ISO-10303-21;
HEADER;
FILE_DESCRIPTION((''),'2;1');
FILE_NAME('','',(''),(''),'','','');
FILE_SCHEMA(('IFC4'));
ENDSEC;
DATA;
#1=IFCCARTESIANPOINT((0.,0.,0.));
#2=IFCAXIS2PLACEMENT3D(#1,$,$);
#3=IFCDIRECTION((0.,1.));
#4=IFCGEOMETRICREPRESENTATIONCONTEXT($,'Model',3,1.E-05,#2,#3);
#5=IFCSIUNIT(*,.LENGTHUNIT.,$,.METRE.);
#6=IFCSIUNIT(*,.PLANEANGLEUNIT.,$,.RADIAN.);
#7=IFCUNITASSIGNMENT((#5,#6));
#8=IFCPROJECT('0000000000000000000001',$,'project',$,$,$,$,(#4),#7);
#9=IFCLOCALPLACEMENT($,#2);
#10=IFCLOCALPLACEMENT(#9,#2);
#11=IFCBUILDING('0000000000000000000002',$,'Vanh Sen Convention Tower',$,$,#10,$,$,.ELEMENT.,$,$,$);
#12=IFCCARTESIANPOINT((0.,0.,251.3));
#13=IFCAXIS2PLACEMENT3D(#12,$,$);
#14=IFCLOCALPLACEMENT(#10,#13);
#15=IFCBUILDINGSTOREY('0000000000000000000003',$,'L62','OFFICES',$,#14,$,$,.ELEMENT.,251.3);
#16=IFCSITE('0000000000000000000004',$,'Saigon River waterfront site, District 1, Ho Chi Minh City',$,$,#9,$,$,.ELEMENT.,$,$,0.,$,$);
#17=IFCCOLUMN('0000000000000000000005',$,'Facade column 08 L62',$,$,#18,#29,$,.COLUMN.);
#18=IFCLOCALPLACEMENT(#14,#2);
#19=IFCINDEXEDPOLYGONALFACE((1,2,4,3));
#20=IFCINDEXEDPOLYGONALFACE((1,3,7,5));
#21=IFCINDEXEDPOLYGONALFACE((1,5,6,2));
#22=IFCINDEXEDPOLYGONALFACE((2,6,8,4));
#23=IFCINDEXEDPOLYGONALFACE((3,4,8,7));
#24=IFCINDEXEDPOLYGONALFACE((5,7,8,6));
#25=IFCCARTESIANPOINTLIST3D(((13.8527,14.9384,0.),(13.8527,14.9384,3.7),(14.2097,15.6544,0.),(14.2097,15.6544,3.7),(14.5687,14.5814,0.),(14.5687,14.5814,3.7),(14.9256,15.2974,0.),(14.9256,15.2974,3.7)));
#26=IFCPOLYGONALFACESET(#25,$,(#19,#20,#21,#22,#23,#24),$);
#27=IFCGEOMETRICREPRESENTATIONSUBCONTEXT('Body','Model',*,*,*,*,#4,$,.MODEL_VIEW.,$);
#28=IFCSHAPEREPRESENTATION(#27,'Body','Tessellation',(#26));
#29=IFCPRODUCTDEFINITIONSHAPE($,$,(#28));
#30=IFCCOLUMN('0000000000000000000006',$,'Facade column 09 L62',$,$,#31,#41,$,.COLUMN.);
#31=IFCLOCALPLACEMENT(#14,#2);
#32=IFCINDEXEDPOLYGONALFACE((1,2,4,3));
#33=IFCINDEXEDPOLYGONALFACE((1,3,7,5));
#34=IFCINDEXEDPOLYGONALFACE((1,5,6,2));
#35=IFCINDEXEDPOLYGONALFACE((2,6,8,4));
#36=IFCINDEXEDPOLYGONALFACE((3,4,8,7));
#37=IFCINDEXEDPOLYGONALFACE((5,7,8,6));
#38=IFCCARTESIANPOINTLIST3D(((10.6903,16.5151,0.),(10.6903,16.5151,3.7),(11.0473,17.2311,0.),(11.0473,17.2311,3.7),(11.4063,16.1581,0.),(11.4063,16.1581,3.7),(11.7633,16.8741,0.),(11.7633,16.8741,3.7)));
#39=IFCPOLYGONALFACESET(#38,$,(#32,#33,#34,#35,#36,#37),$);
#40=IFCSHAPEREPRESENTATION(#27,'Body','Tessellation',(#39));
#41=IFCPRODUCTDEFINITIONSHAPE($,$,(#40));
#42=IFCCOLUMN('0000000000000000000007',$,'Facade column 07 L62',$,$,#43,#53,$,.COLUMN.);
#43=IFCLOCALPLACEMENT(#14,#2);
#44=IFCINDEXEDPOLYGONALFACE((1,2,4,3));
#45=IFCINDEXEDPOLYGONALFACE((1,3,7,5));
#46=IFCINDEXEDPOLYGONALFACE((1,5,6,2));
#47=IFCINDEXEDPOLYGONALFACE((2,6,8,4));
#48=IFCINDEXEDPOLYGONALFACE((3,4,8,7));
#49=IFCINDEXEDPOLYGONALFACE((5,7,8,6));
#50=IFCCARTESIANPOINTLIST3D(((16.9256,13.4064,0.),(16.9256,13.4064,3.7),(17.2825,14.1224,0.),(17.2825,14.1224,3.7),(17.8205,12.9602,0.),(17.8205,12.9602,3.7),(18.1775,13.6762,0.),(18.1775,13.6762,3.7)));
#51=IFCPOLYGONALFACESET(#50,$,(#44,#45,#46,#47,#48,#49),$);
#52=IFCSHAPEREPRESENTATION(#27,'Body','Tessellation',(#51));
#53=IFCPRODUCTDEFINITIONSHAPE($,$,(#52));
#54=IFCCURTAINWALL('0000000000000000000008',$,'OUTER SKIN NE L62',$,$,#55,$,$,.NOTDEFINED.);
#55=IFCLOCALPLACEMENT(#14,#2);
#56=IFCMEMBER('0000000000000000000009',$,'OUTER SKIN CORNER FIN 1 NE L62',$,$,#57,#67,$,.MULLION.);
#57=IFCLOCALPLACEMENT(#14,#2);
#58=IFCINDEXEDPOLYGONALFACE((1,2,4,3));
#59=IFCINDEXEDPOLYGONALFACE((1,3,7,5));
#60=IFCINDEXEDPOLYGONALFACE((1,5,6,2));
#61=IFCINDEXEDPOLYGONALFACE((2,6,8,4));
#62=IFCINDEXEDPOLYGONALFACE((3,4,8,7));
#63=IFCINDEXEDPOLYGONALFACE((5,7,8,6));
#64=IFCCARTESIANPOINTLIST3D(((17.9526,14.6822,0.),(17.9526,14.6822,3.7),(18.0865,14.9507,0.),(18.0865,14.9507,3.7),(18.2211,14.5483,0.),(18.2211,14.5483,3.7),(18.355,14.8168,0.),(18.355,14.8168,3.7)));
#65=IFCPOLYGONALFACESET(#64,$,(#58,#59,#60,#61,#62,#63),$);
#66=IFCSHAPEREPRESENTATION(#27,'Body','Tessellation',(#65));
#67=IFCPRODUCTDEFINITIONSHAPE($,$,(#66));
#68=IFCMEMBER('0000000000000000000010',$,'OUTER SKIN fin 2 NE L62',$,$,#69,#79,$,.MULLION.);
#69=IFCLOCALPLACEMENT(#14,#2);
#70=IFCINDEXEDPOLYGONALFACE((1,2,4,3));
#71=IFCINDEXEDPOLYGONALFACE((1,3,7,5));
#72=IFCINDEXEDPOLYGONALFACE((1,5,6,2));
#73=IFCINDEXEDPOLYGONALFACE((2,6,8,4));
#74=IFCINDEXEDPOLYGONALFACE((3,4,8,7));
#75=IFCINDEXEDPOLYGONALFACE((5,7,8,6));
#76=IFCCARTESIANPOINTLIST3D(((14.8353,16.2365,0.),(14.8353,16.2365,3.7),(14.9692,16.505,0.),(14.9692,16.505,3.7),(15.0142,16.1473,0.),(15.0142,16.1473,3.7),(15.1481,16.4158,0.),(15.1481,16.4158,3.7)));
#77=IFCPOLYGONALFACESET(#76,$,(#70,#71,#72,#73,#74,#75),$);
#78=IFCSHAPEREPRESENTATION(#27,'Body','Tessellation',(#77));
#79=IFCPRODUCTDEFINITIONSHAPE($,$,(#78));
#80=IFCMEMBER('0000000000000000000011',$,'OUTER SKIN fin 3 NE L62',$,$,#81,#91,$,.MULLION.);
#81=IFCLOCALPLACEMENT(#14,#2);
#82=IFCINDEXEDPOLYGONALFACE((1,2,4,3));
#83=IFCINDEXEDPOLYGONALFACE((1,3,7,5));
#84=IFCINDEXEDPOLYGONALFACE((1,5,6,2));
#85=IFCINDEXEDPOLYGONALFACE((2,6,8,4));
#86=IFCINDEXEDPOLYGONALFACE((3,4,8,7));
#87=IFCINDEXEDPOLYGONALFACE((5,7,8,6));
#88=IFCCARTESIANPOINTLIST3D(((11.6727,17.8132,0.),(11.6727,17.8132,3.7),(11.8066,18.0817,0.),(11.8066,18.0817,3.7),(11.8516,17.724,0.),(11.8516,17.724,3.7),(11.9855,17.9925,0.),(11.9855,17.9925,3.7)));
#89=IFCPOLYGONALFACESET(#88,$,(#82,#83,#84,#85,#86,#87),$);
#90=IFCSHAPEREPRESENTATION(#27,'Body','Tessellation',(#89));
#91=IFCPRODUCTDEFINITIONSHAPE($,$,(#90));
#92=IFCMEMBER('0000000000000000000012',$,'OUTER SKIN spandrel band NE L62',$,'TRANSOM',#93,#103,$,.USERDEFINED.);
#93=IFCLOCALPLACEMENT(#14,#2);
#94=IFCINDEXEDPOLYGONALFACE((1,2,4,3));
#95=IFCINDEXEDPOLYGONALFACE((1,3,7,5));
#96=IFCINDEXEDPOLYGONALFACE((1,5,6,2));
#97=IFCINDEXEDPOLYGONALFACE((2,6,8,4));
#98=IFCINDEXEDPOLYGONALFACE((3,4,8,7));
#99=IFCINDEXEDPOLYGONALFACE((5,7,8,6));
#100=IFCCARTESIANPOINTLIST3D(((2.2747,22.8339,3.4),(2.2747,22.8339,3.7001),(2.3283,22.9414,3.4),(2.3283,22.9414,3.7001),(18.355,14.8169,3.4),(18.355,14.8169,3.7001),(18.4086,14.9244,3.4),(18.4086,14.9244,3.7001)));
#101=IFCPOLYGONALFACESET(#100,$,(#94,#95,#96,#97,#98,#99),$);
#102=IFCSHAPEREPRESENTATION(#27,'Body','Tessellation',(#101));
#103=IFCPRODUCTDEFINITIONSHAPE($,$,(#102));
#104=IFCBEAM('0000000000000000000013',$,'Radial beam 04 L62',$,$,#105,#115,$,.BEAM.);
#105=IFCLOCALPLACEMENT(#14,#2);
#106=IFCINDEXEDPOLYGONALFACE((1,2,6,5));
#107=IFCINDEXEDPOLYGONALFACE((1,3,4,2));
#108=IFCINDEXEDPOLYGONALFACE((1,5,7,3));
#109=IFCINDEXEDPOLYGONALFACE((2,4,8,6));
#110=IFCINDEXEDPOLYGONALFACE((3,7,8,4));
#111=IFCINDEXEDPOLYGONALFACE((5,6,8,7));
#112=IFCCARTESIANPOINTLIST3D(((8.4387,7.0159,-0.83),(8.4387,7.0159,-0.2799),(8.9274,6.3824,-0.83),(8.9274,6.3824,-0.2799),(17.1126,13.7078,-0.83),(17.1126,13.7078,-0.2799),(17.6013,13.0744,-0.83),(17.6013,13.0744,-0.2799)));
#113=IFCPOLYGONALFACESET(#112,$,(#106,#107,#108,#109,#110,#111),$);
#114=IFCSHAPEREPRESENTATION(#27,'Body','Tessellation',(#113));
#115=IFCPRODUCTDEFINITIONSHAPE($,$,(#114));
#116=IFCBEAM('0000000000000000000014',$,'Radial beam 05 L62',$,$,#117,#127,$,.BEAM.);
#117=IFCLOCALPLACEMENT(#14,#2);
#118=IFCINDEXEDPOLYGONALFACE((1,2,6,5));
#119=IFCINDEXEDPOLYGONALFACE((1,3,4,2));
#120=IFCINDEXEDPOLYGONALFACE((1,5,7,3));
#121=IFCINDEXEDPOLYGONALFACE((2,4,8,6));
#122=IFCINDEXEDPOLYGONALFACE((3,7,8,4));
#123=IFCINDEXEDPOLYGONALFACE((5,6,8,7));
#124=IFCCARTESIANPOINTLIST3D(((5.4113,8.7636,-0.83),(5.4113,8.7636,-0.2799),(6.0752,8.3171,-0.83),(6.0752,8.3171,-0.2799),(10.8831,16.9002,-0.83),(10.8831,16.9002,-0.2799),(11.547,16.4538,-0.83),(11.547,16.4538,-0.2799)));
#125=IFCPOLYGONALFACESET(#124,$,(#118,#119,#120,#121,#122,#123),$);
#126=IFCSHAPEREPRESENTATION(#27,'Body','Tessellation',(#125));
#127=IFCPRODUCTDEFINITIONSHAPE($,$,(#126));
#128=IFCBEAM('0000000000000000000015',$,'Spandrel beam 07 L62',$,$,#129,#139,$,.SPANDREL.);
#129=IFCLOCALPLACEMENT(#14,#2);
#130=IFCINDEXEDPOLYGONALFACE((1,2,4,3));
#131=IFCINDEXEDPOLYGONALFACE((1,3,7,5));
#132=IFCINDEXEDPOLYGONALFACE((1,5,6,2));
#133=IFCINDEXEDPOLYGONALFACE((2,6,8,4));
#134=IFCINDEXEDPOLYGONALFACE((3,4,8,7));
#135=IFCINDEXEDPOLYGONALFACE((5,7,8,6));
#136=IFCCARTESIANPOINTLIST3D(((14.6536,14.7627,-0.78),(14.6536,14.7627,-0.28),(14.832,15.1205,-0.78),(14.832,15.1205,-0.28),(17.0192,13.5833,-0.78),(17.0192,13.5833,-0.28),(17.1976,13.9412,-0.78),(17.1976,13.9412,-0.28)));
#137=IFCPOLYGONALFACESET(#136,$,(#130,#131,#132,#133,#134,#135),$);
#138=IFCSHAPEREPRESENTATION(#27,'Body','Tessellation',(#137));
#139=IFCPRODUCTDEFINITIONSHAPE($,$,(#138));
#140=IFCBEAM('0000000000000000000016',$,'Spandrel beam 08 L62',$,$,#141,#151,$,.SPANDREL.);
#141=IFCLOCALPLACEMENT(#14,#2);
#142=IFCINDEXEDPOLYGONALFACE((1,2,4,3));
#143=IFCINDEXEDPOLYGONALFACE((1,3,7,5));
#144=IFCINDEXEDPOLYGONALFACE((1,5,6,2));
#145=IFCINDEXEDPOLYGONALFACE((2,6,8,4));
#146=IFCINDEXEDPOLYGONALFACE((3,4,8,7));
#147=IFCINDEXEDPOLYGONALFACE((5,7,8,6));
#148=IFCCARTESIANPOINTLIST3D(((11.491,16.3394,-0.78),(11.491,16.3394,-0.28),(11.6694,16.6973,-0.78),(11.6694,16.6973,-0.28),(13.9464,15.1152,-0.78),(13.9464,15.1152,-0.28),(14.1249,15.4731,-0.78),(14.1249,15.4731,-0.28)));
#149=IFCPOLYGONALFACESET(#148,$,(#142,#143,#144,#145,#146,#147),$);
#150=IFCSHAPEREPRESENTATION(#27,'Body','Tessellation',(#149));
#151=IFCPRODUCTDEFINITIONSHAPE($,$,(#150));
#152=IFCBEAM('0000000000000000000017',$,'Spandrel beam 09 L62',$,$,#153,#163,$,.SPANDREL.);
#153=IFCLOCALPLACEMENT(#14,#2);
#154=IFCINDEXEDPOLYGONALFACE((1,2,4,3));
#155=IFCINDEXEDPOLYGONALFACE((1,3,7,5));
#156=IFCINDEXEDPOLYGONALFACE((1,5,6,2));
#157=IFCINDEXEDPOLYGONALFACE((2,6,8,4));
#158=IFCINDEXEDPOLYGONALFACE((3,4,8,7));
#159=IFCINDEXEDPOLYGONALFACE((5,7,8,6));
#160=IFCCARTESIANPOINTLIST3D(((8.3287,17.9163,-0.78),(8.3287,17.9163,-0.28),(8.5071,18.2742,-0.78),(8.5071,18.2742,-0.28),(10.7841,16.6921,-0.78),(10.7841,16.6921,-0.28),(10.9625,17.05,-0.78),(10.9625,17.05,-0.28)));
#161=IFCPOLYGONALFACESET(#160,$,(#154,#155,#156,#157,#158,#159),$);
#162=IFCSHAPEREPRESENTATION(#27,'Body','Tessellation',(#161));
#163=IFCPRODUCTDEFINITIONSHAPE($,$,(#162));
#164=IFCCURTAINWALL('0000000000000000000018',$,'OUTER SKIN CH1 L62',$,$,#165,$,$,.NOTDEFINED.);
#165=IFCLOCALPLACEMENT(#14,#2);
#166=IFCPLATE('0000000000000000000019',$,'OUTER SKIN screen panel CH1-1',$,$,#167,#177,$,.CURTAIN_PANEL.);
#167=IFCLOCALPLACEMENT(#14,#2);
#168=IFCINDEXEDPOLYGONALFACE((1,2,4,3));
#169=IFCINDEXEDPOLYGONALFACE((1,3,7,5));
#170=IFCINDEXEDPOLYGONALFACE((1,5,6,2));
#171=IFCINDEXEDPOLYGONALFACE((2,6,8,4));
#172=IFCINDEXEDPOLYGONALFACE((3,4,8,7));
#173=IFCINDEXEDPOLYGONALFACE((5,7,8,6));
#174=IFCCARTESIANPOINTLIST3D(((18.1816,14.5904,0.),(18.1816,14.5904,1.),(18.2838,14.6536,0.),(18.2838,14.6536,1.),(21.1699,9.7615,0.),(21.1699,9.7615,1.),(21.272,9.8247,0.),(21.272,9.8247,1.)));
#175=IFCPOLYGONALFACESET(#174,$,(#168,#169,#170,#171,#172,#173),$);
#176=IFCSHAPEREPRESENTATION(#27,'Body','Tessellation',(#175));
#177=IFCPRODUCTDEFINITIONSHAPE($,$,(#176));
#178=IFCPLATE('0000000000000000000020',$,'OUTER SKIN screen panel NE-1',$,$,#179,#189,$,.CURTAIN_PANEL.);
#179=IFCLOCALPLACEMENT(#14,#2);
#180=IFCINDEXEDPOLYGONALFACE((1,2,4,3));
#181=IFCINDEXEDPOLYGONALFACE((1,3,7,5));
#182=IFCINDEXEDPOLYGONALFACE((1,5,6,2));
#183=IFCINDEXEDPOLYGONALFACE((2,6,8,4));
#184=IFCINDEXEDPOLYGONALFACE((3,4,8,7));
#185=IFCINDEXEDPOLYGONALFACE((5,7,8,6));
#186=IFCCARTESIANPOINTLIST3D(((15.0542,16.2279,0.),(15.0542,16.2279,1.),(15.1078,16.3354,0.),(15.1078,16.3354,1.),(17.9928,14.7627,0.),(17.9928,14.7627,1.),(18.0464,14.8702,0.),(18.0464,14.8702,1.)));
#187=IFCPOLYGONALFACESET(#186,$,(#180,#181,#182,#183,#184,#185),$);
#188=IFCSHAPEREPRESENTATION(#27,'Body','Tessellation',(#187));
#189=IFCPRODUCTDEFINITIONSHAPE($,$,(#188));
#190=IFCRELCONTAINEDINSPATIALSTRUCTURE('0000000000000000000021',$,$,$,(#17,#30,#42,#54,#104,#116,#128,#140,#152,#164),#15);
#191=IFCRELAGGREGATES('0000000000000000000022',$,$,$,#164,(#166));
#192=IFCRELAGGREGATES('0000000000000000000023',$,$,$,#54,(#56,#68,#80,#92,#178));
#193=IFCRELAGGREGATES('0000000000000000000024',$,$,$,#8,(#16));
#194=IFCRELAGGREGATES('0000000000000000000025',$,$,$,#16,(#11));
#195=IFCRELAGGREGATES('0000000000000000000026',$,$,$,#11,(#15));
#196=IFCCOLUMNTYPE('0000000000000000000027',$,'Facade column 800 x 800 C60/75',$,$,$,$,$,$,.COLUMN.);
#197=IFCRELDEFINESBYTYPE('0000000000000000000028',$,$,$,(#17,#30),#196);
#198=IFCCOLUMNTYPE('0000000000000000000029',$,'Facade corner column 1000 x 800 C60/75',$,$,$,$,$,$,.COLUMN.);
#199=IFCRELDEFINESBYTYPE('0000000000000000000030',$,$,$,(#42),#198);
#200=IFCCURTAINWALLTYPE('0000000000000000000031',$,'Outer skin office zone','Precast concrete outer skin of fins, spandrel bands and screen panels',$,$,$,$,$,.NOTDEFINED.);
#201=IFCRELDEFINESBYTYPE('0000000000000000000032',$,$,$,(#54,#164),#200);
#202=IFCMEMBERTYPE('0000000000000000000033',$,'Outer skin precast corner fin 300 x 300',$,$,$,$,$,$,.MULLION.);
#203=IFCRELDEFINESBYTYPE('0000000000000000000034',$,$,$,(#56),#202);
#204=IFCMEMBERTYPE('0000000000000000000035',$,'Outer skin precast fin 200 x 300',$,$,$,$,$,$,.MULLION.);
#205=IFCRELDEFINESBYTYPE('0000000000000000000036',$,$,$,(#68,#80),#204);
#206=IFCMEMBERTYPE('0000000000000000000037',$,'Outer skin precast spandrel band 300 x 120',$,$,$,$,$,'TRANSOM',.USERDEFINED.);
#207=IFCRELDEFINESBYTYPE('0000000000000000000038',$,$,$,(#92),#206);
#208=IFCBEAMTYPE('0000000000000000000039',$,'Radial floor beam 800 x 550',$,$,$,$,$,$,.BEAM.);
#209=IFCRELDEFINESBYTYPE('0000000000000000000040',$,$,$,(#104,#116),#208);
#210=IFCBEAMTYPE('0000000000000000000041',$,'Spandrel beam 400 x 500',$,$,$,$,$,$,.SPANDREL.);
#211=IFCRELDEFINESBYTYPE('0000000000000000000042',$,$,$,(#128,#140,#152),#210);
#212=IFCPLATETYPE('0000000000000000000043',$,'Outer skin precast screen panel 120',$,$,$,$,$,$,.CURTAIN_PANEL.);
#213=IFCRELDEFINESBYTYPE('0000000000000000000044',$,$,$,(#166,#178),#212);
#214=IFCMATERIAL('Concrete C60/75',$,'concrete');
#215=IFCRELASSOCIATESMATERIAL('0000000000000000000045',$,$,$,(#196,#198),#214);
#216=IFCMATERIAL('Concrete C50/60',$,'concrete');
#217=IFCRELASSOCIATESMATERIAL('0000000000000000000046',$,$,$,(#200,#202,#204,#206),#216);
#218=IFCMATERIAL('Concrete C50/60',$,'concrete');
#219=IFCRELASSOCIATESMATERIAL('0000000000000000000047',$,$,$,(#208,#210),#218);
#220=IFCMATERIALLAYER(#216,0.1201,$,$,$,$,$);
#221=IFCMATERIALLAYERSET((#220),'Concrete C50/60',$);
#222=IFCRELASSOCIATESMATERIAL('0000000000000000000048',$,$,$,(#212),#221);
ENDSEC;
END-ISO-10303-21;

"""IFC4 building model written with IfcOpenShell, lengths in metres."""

from ifc_helpers import new_model, si_unit, direction, frame, origin, origin_2d, place, context, subcontext, project, spatial, rectangle, extrude, material, layer, layer_set, material_profile, profile_set, type_object, element, aggregate, save


model = new_model("IFC4")

# Units and contexts
model_context = context("Model", 3, precision=1e-05, world=origin(), true_north=direction((0.0, 1.0)))
body_context = subcontext(model_context, "Body", "Model", "MODEL_VIEW")
ifc_project = project(units=[si_unit("LENGTHUNIT", "METRE"), si_unit("PLANEANGLEUNIT", "RADIAN")], contexts=[model_context])

# Site, building, storey
site_placement = place(None, origin())
site = spatial("IfcSite", under=ifc_project, at=site_placement, Name="Saigon River waterfront site, District 1, Ho Chi Minh City", CompositionType="ELEMENT", RefElevation=0.0)
building_placement = place(site_placement, origin())
building = spatial("IfcBuilding", under=site, at=building_placement, Name="Vanh Sen Convention Tower", CompositionType="ELEMENT")
storey_placement = place(building_placement, frame((0.0, 0.0, 251.3)))
storey = spatial("IfcBuildingStorey", under=building, at=storey_placement, Name="L62", Description="OFFICES", CompositionType="ELEMENT", Elevation=251.3)

# Columns
ifc_material_1 = material(Name="Concrete C60/75", Category="concrete")
ifc_material_profile_1 = material_profile(ifc_material_1, rectangle(XDim=0.8, YDim=0.8, at=origin_2d()), Name="RC 800X800")
ifc_profile_set_1 = profile_set([ifc_material_profile_1], Name="Concrete C60/75")
column_type_1 = type_object("IfcColumnType", Name="Facade column 800 x 800 C60/75", PredefinedType="COLUMN", material=ifc_profile_set_1)
for number, where, z_axis, x_axis, name in (
    (1, (14.3892, 15.1179, 0.0), (0.0, 0.0, 1.0), (-0.894934, 0.446198, 0.0), "Facade column 08 L62"),
    (2, (11.2268, 16.6946, 0.0), (0.0, 0.0, 1.0), (-0.894934, 0.446198, 0.0), "Facade column 09 L62"),
):
    element("IfcColumn", number, at=place(storey_placement, frame(where, z_axis=z_axis, x_axis=x_axis)), inside=storey, type_object=column_type_1, Name=name, PredefinedType="COLUMN", context=body_context, shape_type="SweptSolid", body=[
        extrude(rectangle(XDim=0.8, YDim=0.8, at=origin_2d()), origin(), (0.0, 0.0, 1.0), 3.7),
    ])
ifc_material_profile_2 = material_profile(ifc_material_1, rectangle(XDim=1.0, YDim=0.8, at=origin_2d()), Name="RC 1000X800")
ifc_profile_set_2 = profile_set([ifc_material_profile_2], Name="Concrete C60/75")
column_type_2 = type_object("IfcColumnType", Name="Facade corner column 1000 x 800 C60/75", PredefinedType="COLUMN", material=ifc_profile_set_2)
column_placement = place(storey_placement, frame((17.5515, 13.5413, 0.0), z_axis=(0.0, 0.0, 1.0), x_axis=(-0.894934, 0.446198, 0.0)))
element("IfcColumn", 3, at=column_placement, inside=storey, type_object=column_type_2, Name="Facade column 07 L62", PredefinedType="COLUMN", context=body_context, shape_type="SweptSolid", body=[
    extrude(rectangle(XDim=1.0, YDim=0.8, at=origin_2d()), origin(), (0.0, 0.0, 1.0), 3.7),
])

# Curtain wall, members
ifc_material_2 = material(Name="Concrete C50/60", Category="concrete")
curtain_wall_type = type_object("IfcCurtainWallType", Name="Outer skin office zone", Description="Precast concrete outer skin of fins, spandrel bands and screen panels", PredefinedType="NOTDEFINED", material=ifc_material_2)
curtain_wall_1_placement = place(storey_placement, origin())
curtain_wall_1 = element("IfcCurtainWall", 4, at=curtain_wall_1_placement, inside=storey, type_object=curtain_wall_type, Name="OUTER SKIN NE L62", PredefinedType="NOTDEFINED")
ifc_material_profile_3 = material_profile(ifc_material_2, rectangle(XDim=0.3, YDim=0.3, at=origin_2d()), Name="Outer skin precast corner fin 300 x 300")
ifc_profile_set_3 = profile_set([ifc_material_profile_3], Name="Concrete C50/60")
member_type_1 = type_object("IfcMemberType", Name="Outer skin precast corner fin 300 x 300", PredefinedType="MULLION", material=ifc_profile_set_3)
member_1_placement = place(storey_placement, frame((18.1538, 14.7495, 0.0), z_axis=(0.0, 0.0, 1.0), x_axis=(-0.894934, 0.446198, 0.0)))
member_1 = element("IfcMember", 5, at=member_1_placement, type_object=member_type_1, Name="OUTER SKIN CORNER FIN 1 NE L62", PredefinedType="MULLION", context=body_context, shape_type="SweptSolid", body=[
    extrude(rectangle(XDim=0.3, YDim=0.3, at=origin_2d()), origin(), (0.0, 0.0, 1.0), 3.7),
])
ifc_material_profile_4 = material_profile(ifc_material_2, rectangle(XDim=0.2, YDim=0.3, at=origin_2d()), Name="Outer skin precast fin 200 x 300")
ifc_profile_set_4 = profile_set([ifc_material_profile_4], Name="Concrete C50/60")
member_type_2 = type_object("IfcMemberType", Name="Outer skin precast fin 200 x 300", PredefinedType="MULLION", material=ifc_profile_set_4)
member_2_placement = place(storey_placement, frame((14.9917, 16.3262, 0.0), z_axis=(0.0, 0.0, 1.0), x_axis=(-0.894934, 0.446198, 0.0)))
member_2 = element("IfcMember", 6, at=member_2_placement, type_object=member_type_2, Name="OUTER SKIN fin 2 NE L62", PredefinedType="MULLION", context=body_context, shape_type="SweptSolid", body=[
    extrude(rectangle(XDim=0.2, YDim=0.3, at=origin_2d()), origin(), (0.0, 0.0, 1.0), 3.7),
])
member_3_placement = place(storey_placement, frame((11.8291, 17.9028, 0.0), z_axis=(0.0, 0.0, 1.0), x_axis=(-0.894934, 0.446198, 0.0)))
member_3 = element("IfcMember", 7, at=member_3_placement, type_object=member_type_2, Name="OUTER SKIN fin 3 NE L62", PredefinedType="MULLION", context=body_context, shape_type="SweptSolid", body=[
    extrude(rectangle(XDim=0.2, YDim=0.3, at=origin_2d()), origin(), (0.0, 0.0, 1.0), 3.7),
])
ifc_material_profile_5 = material_profile(ifc_material_2, rectangle(XDim=0.1201, YDim=0.3, at=origin_2d()), Name="Outer skin precast spandrel band 300 x 120")
ifc_profile_set_5 = profile_set([ifc_material_profile_5], Name="Concrete C50/60")
member_type_3 = type_object("IfcMemberType", Name="Outer skin precast spandrel band 300 x 120", ElementType="TRANSOM", PredefinedType="USERDEFINED", material=ifc_profile_set_5)
member_4_placement = place(storey_placement, frame((18.3818, 14.8706, 3.55), z_axis=(-0.89494, 0.446186, 0.0), x_axis=(-0.446186, -0.89494, 0.0)))
member_4 = element("IfcMember", 8, at=member_4_placement, type_object=member_type_3, Name="OUTER SKIN spandrel band NE L62", ObjectType="TRANSOM", PredefinedType="USERDEFINED", context=body_context, shape_type="SweptSolid", body=[
    extrude(rectangle(XDim=0.1201, YDim=0.3, at=origin_2d()), origin(), (0.0, 0.0, 1.0), 17.968),
])

# Beams
ifc_material_3 = material(Name="Concrete C50/60", Category="concrete")
ifc_material_profile_6 = material_profile(ifc_material_3, rectangle(XDim=0.8, YDim=0.55, at=origin_2d()), Name="RC 800X550")
ifc_profile_set_6 = profile_set([ifc_material_profile_6], Name="Concrete C50/60")
beam_type_1 = type_object("IfcBeamType", Name="Radial floor beam 800 x 550", PredefinedType="BEAM", material=ifc_profile_set_6)
beam_1_placement = place(storey_placement, frame((17.3569, 13.3911, -0.5549), z_axis=(-0.791753, -0.610841, 0.0), x_axis=(0.610841, -0.791753, 0.0)))
element("IfcBeam", 9, at=beam_1_placement, inside=storey, type_object=beam_type_1, Name="Radial beam 04 L62", PredefinedType="BEAM", context=body_context, shape_type="SweptSolid", body=[
    extrude(rectangle(XDim=0.8, YDim=0.55, at=origin_2d()), origin(), (0.0, 0.0, 1.0), 10.9553),
])
beam_2_placement = place(storey_placement, frame((11.2151, 16.677, -0.5549), z_axis=(-0.558045, -0.82981, 0.0), x_axis=(0.82981, -0.558045, 0.0)))
element("IfcBeam", 10, at=beam_2_placement, inside=storey, type_object=beam_type_1, Name="Radial beam 05 L62", PredefinedType="BEAM", context=body_context, shape_type="SweptSolid", body=[
    extrude(rectangle(XDim=0.8, YDim=0.55, at=origin_2d()), origin(), (0.0, 0.0, 1.0), 9.8054),
])
ifc_material_profile_7 = material_profile(ifc_material_3, rectangle(XDim=0.3999, YDim=0.5, at=origin_2d()), Name="RC 400X500")
ifc_profile_set_7 = profile_set([ifc_material_profile_7], Name="Concrete C50/60")
beam_type_2 = type_object("IfcBeamType", Name="Spandrel beam 400 x 500", PredefinedType="SPANDREL", material=ifc_profile_set_7)
beam_3_placement = place(storey_placement, frame((17.1084, 13.7622, -0.53), z_axis=(-0.894944, 0.446179, 0.0), x_axis=(-0.446179, -0.894944, 0.0)))
element("IfcBeam", 11, at=beam_3_placement, inside=storey, type_object=beam_type_2, Name="Spandrel beam 07 L62", PredefinedType="SPANDREL", context=body_context, shape_type="SweptSolid", body=[
    extrude(rectangle(XDim=0.3999, YDim=0.5, at=origin_2d()), origin(), (0.0, 0.0, 1.0), 2.6433),
])
for number, where, z_axis, x_axis, name in (
    (12, (14.0356, 15.2942, -0.53), (-0.894943, 0.446181, 0.0), (-0.446181, -0.894943, 0.0), "Spandrel beam 08 L62"),
    (13, (10.8733, 16.8711, -0.53), (-0.894943, 0.446181, 0.0), (-0.446181, -0.894943, 0.0), "Spandrel beam 09 L62"),
):
    element("IfcBeam", number, at=place(storey_placement, frame(where, z_axis=z_axis, x_axis=x_axis)), inside=storey, type_object=beam_type_2, Name=name, PredefinedType="SPANDREL", context=body_context, shape_type="SweptSolid", body=[
        extrude(rectangle(XDim=0.3999, YDim=0.5, at=origin_2d()), origin(), (0.0, 0.0, 1.0), 2.7437),
    ])

# Curtain wall, plate
curtain_wall_2_placement = place(storey_placement, origin())
curtain_wall_2 = element("IfcCurtainWall", 14, at=curtain_wall_2_placement, inside=storey, type_object=curtain_wall_type, Name="OUTER SKIN CH1 L62", PredefinedType="NOTDEFINED")
ifc_layer_1 = layer(ifc_material_2, 0.1201)
ifc_layer_set_1 = layer_set([ifc_layer_1], Name="Concrete C50/60")
plate_type = type_object("IfcPlateType", Name="Outer skin precast screen panel 120", PredefinedType="CURTAIN_PANEL", material=ifc_layer_set_1)
plate_1_placement = place(storey_placement, frame((19.7268, 12.2075, 0.0), z_axis=(0.0, 0.0, 1.0), x_axis=(-0.526217, 0.85035, 0.0)))
plate_1 = element("IfcPlate", 15, at=plate_1_placement, type_object=plate_type, Name="OUTER SKIN screen panel CH1-1", PredefinedType="CURTAIN_PANEL", context=body_context, shape_type="SweptSolid", body=[
    extrude(rectangle(XDim=5.6787, YDim=0.1201, at=origin_2d()), origin(), (0.0, 0.0, 1.0), 1.0),
])
aggregate(curtain_wall_2, [plate_1])

# Plate
plate_2_placement = place(storey_placement, frame((16.5503, 15.5491, 0.0), z_axis=(0.0, 0.0, 1.0), x_axis=(-0.89493, 0.446206, 0.0)))
plate_2 = element("IfcPlate", 16, at=plate_2_placement, type_object=plate_type, Name="OUTER SKIN screen panel NE-1", PredefinedType="CURTAIN_PANEL", context=body_context, shape_type="SweptSolid", body=[
    extrude(rectangle(XDim=3.2837, YDim=0.1201, at=origin_2d()), origin(), (0.0, 0.0, 1.0), 1.0),
])
aggregate(curtain_wall_1, [member_1, member_2, member_3, member_4, plate_2])

save(model, "model.ifc")
